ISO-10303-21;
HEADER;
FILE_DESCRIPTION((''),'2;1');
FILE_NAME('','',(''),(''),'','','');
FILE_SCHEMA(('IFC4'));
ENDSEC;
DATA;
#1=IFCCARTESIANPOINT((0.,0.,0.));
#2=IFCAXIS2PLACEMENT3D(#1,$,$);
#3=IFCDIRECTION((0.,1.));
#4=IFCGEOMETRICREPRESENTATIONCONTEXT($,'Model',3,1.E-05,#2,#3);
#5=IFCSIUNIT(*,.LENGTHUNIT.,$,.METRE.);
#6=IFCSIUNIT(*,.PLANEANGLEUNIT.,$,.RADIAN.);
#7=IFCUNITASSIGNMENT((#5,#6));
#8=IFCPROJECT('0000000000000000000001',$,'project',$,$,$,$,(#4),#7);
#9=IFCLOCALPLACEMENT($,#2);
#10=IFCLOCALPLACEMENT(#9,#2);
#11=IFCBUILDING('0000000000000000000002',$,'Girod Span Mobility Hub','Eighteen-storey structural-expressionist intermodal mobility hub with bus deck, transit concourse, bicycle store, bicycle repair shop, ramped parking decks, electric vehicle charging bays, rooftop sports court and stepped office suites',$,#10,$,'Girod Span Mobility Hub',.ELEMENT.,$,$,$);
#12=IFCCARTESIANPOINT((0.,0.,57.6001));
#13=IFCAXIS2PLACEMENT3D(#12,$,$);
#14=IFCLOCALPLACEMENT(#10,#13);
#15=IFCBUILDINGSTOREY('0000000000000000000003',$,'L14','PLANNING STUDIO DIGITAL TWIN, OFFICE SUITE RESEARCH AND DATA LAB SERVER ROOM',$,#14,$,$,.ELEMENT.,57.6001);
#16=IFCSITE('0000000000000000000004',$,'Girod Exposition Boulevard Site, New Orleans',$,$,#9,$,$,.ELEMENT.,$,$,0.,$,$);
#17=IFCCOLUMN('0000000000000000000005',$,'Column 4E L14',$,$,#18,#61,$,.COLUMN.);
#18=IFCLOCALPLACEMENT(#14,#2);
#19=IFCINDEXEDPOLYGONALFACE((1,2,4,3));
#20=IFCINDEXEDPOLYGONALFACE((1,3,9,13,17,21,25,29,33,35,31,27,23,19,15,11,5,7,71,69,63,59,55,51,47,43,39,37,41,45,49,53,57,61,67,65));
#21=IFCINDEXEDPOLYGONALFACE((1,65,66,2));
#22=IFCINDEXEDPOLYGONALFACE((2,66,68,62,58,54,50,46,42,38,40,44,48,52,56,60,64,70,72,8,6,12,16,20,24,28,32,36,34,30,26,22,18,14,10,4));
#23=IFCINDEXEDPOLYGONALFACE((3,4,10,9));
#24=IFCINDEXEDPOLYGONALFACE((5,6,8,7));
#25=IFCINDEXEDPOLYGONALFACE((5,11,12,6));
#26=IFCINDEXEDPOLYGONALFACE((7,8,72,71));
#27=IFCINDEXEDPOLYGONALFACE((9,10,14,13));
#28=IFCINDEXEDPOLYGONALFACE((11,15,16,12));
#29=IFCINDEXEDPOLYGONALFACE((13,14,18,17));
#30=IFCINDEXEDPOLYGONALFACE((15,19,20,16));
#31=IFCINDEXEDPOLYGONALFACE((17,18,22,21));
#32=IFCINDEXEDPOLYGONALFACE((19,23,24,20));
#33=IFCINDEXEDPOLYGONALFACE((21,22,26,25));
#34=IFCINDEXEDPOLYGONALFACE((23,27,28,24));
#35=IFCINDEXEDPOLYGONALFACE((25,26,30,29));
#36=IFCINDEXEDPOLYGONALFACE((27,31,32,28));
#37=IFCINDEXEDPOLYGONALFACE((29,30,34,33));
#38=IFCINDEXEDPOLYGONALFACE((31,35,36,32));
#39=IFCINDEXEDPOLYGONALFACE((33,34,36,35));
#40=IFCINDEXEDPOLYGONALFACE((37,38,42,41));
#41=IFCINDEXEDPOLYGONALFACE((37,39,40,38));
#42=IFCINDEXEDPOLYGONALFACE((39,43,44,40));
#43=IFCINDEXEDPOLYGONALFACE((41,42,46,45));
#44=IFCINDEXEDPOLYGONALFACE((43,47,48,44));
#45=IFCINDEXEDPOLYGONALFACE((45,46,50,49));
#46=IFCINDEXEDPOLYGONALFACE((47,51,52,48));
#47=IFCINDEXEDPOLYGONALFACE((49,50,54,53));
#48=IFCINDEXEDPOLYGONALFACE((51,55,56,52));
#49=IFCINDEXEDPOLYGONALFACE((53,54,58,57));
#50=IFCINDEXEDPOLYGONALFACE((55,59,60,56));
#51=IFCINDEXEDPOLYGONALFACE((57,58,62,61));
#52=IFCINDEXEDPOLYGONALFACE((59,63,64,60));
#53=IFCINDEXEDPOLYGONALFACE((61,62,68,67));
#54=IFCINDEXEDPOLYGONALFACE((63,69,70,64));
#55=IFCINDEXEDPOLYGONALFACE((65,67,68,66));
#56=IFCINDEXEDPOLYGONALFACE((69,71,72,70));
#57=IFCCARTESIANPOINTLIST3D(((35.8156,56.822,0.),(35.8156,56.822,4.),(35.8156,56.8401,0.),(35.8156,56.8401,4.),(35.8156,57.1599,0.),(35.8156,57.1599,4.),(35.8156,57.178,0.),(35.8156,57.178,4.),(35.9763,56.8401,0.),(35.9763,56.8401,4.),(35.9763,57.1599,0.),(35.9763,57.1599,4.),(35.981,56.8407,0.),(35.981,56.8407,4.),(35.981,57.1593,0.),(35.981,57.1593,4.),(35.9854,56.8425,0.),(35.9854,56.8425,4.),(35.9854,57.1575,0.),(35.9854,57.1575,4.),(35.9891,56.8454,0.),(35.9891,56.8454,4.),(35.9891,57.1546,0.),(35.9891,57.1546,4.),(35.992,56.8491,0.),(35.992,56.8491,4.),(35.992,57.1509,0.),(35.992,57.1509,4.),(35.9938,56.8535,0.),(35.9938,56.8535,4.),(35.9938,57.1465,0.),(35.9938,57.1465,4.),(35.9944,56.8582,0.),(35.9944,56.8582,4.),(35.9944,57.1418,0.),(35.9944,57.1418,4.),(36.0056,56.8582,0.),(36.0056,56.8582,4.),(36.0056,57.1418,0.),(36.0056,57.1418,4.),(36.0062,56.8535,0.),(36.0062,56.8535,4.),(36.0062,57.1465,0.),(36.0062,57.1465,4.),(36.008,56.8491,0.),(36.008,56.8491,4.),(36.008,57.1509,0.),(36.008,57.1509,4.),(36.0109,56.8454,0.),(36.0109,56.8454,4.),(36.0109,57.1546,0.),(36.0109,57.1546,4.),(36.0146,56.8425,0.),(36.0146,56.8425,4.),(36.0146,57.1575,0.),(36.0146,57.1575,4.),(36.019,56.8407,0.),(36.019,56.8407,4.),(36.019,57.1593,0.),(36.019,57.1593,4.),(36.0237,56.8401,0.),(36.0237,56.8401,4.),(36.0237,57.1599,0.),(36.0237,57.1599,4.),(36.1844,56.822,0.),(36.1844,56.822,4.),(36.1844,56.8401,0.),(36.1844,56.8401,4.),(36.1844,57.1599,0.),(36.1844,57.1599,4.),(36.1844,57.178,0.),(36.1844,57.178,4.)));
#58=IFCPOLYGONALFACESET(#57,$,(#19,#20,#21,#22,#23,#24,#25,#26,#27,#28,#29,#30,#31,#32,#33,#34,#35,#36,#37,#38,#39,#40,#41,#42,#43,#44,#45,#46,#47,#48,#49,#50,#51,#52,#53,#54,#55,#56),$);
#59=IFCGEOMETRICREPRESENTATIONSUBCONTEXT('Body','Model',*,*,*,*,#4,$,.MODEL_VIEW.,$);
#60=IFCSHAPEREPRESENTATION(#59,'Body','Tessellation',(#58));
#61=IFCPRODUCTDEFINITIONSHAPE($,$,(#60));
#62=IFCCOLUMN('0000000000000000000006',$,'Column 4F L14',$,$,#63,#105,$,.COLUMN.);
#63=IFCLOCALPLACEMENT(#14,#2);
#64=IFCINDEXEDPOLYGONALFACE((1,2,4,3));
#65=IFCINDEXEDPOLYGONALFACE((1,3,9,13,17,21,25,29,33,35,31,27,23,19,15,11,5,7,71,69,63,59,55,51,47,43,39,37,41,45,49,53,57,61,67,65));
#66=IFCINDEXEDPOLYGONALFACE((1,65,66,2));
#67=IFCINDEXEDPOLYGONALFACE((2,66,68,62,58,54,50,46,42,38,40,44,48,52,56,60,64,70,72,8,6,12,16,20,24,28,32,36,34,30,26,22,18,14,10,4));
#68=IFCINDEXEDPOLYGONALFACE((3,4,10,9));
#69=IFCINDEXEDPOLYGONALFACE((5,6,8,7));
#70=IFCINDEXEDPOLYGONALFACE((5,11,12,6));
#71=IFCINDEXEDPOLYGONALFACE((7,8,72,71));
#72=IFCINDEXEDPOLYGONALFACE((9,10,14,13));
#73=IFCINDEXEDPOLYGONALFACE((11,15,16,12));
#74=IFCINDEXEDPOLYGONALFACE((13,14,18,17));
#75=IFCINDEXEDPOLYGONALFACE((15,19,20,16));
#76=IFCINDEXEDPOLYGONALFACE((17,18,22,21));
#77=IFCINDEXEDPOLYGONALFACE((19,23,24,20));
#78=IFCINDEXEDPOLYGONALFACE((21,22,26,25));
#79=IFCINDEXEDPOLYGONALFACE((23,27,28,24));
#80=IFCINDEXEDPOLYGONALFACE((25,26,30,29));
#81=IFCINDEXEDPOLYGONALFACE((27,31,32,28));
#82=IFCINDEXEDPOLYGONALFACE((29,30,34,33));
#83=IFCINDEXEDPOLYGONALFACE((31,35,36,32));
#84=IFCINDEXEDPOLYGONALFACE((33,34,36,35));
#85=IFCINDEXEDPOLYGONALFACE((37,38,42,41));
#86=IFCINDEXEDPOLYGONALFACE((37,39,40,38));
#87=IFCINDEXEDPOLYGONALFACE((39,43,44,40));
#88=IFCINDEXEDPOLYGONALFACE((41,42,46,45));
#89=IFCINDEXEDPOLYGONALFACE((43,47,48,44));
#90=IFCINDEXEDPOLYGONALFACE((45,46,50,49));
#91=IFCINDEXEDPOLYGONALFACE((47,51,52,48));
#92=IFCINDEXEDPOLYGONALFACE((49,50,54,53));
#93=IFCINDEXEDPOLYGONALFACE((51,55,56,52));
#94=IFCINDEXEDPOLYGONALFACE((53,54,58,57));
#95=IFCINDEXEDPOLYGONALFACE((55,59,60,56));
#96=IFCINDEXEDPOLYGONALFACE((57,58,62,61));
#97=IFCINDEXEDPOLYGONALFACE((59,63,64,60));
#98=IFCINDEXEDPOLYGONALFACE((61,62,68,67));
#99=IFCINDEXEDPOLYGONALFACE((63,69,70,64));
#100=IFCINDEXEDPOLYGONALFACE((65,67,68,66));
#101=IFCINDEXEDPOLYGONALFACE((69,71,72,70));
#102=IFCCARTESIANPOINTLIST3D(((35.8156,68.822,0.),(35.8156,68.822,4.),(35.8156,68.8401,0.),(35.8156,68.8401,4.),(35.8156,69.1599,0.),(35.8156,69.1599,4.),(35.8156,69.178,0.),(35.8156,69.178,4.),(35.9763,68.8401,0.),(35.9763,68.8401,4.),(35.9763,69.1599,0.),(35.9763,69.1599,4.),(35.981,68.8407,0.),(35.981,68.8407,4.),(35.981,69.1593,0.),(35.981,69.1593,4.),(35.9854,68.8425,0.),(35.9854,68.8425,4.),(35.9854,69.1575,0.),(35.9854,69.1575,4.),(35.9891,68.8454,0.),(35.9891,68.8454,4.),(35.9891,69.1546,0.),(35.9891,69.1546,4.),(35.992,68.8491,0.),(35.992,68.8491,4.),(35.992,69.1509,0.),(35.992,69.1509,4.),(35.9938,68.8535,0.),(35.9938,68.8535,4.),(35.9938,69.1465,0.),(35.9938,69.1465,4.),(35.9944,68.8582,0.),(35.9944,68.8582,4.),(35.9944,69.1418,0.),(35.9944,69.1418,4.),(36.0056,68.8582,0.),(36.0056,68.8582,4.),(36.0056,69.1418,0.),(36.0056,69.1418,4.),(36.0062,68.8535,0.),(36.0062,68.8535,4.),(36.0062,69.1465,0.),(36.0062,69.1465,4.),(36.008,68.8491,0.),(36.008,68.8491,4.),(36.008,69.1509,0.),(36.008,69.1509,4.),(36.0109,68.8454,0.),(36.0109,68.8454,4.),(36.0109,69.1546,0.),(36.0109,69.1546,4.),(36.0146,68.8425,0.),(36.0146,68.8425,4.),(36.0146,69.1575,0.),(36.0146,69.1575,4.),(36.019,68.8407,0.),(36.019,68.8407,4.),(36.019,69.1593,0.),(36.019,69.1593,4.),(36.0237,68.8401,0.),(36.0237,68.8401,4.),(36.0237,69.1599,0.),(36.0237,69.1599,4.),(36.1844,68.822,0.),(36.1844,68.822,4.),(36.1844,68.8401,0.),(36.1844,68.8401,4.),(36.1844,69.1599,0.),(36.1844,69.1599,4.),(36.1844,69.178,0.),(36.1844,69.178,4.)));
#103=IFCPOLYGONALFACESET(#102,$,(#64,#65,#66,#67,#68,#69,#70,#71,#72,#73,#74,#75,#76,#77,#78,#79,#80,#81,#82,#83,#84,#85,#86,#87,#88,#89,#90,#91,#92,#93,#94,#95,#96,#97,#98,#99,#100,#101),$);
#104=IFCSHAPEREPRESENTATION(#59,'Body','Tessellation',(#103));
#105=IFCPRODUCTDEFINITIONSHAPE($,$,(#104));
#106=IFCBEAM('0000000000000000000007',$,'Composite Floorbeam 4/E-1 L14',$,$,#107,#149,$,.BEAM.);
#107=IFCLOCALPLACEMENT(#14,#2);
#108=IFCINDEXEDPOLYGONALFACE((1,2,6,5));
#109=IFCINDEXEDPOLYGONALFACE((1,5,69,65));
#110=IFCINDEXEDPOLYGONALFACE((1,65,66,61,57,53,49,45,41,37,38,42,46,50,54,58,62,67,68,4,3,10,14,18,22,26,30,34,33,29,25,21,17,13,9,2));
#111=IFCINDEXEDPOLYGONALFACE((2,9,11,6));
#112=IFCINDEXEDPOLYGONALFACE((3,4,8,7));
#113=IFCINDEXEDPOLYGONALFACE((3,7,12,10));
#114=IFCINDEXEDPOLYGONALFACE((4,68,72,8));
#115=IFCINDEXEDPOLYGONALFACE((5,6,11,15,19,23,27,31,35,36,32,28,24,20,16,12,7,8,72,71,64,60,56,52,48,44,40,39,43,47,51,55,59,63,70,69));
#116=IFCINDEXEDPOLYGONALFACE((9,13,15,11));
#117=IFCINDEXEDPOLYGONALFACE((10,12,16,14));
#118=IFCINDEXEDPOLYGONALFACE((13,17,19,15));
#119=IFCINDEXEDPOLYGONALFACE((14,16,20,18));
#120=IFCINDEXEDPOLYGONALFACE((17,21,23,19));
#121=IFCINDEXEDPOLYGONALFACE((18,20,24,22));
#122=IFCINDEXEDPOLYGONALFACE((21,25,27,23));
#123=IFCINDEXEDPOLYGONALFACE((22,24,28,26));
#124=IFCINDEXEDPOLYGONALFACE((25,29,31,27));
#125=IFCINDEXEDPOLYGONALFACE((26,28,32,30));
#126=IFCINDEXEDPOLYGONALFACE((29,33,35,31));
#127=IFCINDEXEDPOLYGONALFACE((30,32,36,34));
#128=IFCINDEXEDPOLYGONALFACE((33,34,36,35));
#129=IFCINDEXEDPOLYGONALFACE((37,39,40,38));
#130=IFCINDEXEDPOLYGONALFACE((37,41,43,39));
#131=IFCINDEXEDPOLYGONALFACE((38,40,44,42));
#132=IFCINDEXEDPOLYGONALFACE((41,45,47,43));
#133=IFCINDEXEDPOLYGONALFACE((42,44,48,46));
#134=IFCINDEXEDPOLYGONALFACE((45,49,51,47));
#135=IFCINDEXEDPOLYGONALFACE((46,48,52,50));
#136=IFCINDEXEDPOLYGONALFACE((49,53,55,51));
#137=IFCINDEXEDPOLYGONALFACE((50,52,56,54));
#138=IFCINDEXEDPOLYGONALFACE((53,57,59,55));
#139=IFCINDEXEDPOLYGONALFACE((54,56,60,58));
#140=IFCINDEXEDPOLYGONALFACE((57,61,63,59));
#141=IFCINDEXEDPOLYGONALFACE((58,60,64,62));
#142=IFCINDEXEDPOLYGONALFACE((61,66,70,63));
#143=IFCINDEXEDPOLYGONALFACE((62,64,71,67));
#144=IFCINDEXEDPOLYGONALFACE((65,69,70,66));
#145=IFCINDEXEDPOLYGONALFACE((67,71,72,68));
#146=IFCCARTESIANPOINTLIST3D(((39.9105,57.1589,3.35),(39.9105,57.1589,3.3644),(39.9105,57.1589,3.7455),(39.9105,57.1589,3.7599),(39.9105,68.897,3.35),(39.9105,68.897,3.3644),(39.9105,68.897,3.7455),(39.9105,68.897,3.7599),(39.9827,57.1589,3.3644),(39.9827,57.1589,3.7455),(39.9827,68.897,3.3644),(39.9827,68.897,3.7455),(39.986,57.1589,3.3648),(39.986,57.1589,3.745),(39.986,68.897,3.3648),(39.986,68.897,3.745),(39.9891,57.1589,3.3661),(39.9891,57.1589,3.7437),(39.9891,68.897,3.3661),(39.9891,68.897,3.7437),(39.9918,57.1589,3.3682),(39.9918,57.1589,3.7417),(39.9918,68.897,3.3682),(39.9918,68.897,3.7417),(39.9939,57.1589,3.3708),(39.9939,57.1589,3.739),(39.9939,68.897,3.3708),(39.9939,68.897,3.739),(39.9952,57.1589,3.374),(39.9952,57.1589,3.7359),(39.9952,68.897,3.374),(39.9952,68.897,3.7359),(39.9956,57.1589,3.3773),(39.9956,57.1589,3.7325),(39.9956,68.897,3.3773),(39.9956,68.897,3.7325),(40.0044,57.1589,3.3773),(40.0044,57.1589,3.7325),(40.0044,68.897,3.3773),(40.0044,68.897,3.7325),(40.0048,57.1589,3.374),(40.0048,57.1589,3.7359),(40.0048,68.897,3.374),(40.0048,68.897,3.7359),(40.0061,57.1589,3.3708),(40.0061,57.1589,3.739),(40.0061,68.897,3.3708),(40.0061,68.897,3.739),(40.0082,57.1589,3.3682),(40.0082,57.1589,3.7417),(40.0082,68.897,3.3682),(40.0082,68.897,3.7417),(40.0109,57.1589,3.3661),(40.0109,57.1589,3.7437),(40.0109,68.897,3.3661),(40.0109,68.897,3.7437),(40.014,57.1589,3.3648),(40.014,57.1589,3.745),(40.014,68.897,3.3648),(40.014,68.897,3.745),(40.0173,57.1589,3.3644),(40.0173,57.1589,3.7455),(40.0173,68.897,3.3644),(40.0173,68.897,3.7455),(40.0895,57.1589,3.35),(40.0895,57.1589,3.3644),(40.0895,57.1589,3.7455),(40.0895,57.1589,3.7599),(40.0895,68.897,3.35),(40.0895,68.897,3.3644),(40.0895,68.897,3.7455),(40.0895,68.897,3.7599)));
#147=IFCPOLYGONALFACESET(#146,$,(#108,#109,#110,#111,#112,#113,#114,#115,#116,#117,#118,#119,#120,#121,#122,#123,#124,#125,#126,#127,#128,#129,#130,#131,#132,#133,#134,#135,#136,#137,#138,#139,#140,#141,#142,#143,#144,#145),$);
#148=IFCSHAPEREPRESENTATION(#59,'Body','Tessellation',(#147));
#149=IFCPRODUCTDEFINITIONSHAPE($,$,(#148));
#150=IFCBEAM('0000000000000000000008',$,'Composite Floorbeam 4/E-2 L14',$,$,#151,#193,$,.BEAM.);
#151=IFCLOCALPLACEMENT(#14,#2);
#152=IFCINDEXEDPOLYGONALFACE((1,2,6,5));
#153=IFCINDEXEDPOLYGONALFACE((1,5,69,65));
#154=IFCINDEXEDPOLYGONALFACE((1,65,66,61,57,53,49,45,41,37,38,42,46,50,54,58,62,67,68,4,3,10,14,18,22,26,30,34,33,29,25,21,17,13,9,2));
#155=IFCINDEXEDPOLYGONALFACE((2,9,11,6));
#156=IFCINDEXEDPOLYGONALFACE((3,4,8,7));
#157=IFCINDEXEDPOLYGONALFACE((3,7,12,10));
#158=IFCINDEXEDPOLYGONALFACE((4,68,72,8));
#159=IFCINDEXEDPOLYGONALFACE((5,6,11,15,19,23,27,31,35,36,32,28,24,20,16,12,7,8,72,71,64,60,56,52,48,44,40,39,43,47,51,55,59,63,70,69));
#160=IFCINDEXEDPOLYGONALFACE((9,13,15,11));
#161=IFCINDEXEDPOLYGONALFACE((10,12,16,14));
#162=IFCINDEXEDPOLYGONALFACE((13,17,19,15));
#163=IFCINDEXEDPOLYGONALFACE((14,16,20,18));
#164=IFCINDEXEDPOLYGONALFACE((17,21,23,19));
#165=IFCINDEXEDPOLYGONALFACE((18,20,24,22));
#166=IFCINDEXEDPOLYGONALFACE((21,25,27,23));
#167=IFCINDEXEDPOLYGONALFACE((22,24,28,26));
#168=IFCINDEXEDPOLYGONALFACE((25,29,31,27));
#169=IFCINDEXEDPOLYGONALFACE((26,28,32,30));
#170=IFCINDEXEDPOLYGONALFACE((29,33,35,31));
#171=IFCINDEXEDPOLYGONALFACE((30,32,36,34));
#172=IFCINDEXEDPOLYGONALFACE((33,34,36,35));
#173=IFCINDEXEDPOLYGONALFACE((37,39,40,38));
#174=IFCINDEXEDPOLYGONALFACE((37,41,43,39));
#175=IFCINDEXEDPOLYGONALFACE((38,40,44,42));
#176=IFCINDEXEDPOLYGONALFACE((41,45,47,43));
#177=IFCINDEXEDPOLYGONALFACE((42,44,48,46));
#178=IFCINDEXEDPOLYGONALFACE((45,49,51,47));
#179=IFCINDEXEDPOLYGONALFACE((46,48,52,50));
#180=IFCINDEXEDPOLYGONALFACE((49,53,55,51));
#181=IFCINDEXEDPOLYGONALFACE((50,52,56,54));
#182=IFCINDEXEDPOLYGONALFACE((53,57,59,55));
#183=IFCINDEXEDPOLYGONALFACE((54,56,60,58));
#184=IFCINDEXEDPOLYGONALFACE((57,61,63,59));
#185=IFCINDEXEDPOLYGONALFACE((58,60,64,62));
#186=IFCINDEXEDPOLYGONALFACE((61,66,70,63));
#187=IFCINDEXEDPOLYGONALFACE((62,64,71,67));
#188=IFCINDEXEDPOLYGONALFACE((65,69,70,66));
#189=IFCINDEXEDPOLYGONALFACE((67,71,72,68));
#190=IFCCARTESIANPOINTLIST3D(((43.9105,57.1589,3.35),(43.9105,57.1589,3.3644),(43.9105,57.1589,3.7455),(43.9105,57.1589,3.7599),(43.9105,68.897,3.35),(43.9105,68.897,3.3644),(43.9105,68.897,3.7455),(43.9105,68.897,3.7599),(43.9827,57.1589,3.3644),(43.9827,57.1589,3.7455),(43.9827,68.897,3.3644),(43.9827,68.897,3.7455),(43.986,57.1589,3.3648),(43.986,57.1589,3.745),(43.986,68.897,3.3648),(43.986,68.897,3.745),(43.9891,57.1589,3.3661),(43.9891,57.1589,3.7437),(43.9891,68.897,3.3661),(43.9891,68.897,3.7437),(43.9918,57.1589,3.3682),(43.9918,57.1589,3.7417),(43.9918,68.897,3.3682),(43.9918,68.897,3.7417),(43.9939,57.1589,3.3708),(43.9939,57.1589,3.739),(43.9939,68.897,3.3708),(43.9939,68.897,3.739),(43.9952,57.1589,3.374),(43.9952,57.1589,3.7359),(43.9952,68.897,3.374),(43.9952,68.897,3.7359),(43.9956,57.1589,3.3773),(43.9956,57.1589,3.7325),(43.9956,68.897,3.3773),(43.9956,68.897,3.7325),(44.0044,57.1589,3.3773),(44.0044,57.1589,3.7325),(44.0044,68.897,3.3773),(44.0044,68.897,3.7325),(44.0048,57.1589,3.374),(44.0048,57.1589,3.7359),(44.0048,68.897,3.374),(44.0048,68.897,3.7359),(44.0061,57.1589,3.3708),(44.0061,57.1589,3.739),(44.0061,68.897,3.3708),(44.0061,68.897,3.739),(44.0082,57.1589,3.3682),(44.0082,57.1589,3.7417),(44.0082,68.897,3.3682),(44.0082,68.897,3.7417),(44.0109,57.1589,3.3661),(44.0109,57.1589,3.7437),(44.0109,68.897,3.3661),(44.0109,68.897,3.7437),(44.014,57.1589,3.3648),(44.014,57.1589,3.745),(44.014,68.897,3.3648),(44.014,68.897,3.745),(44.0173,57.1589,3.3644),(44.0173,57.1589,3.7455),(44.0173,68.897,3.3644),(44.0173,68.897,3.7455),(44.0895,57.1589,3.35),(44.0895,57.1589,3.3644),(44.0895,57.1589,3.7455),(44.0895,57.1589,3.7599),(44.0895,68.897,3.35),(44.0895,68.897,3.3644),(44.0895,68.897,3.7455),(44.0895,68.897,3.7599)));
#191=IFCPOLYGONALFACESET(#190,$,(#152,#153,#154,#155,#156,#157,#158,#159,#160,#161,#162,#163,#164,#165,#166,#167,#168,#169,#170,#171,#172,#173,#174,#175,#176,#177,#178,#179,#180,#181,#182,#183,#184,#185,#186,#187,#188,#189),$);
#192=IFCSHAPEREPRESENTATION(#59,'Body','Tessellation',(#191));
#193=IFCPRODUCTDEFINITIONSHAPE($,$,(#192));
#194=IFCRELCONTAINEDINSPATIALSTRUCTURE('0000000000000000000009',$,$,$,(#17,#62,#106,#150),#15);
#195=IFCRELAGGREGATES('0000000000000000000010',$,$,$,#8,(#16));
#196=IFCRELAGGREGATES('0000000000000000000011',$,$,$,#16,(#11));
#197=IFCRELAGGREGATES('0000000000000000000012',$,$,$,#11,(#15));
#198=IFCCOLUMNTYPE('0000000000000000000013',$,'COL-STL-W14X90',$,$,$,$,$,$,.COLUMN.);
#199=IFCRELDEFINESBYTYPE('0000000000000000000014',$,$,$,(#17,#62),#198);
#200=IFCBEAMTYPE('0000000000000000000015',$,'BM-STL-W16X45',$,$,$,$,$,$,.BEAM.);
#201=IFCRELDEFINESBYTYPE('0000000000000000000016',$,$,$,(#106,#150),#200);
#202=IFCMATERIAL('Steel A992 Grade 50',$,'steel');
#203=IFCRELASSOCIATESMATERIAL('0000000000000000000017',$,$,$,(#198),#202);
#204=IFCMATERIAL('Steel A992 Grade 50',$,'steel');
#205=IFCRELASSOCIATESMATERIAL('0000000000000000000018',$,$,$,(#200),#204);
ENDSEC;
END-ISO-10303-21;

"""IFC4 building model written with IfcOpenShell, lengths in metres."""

from ifc_helpers import new_model, si_unit, direction, frame, origin, origin_2d, place, context, subcontext, project, spatial, i_section, extrude, material, material_profile, profile_set, type_object, element, save


model = new_model("IFC4")

# Units and contexts
model_context = context("Model", 3, precision=1e-05, world=origin(), true_north=direction((0.0, 1.0)))
body_context = subcontext(model_context, "Body", "Model", "MODEL_VIEW")
ifc_project = project(units=[si_unit("LENGTHUNIT", "METRE"), si_unit("PLANEANGLEUNIT", "RADIAN")], contexts=[model_context])

# Site, building, storey
site_placement = place(None, origin())
site = spatial("IfcSite", under=ifc_project, at=site_placement, Name="Girod Exposition Boulevard Site, New Orleans", CompositionType="ELEMENT", RefElevation=0.0)
building_placement = place(site_placement, origin())
building = spatial("IfcBuilding", under=site, at=building_placement, Name="Girod Span Mobility Hub", Description="Eighteen-storey structural-expressionist intermodal mobility hub with bus deck, transit concourse, bicycle store, bicycle repair shop, ramped parking decks, electric vehicle charging bays, rooftop sports court and stepped office suites", LongName="Girod Span Mobility Hub", CompositionType="ELEMENT")
storey_placement = place(building_placement, frame((0.0, 0.0, 57.6001)))
storey = spatial("IfcBuildingStorey", under=building, at=storey_placement, Name="L14", Description="PLANNING STUDIO DIGITAL TWIN, OFFICE SUITE RESEARCH AND DATA LAB SERVER ROOM", CompositionType="ELEMENT", Elevation=57.6001)

# Columns
ifc_material_1 = material(Name="Steel A992 Grade 50", Category="steel")
ifc_material_profile_1 = material_profile(ifc_material_1, i_section(OverallWidth=0.3689, OverallDepth=0.356, WebThickness=0.0112, FlangeThickness=0.0181, FilletRadius=0.0181, at=origin_2d()), Name="W14X90")
ifc_profile_set_1 = profile_set([ifc_material_profile_1], Name="Steel A992 Grade 50")
column_type = type_object("IfcColumnType", Name="COL-STL-W14X90", PredefinedType="COLUMN", material=ifc_profile_set_1)
for number, where, z_axis, x_axis, name in (
    (1, (36.0, 57.0, 0.0), (0.0, 0.0, 1.0), (1.0, 0.0, 0.0), "Column 4E L14"),
    (2, (36.0, 69.0, 0.0), (0.0, 0.0, 1.0), (1.0, 0.0, 0.0), "Column 4F L14"),
):
    element("IfcColumn", number, at=place(storey_placement, frame(where, z_axis=z_axis, x_axis=x_axis)), inside=storey, type_object=column_type, Name=name, PredefinedType="COLUMN", context=body_context, shape_type="SweptSolid", body=[
        extrude(i_section(OverallWidth=0.3689, OverallDepth=0.356, WebThickness=0.0112, FlangeThickness=0.0181, FilletRadius=0.0181, at=origin_2d()), origin(), (0.0, 0.0, 1.0), 4.0),
    ])

# Beams
ifc_material_2 = material(Name="Steel A992 Grade 50", Category="steel")
ifc_material_profile_2 = material_profile(ifc_material_2, i_section(OverallWidth=0.179, OverallDepth=0.4099, WebThickness=0.0088, FlangeThickness=0.0144, FilletRadius=0.0129, at=origin_2d()), Name="W16X45")
ifc_profile_set_2 = profile_set([ifc_material_profile_2], Name="Steel A992 Grade 50")
beam_type_1 = type_object("IfcBeamType", Name="BM-STL-W16X45", PredefinedType="BEAM", material=ifc_profile_set_2)
for number, where, z_axis, x_axis, name in (
    (3, (40.0, 57.1589, 3.5549), (0.0, 1.0, 0.0), (-1.0, 0.0, 0.0), "Composite Floorbeam 4/E-1 L14"),
    (4, (44.0, 57.1589, 3.5549), (0.0, 1.0, 0.0), (-1.0, 0.0, 0.0), "Composite Floorbeam 4/E-2 L14"),
):
    element("IfcBeam", number, at=place(storey_placement, frame(where, z_axis=z_axis, x_axis=x_axis)), inside=storey, type_object=beam_type_1, Name=name, PredefinedType="BEAM", context=body_context, shape_type="SweptSolid", body=[
        extrude(i_section(OverallWidth=0.179, OverallDepth=0.4099, WebThickness=0.0088, FlangeThickness=0.0144, FilletRadius=0.0129, at=origin_2d()), origin(), (0.0, 0.0, 1.0), 11.738),
    ])

save(model, "model.ifc")
